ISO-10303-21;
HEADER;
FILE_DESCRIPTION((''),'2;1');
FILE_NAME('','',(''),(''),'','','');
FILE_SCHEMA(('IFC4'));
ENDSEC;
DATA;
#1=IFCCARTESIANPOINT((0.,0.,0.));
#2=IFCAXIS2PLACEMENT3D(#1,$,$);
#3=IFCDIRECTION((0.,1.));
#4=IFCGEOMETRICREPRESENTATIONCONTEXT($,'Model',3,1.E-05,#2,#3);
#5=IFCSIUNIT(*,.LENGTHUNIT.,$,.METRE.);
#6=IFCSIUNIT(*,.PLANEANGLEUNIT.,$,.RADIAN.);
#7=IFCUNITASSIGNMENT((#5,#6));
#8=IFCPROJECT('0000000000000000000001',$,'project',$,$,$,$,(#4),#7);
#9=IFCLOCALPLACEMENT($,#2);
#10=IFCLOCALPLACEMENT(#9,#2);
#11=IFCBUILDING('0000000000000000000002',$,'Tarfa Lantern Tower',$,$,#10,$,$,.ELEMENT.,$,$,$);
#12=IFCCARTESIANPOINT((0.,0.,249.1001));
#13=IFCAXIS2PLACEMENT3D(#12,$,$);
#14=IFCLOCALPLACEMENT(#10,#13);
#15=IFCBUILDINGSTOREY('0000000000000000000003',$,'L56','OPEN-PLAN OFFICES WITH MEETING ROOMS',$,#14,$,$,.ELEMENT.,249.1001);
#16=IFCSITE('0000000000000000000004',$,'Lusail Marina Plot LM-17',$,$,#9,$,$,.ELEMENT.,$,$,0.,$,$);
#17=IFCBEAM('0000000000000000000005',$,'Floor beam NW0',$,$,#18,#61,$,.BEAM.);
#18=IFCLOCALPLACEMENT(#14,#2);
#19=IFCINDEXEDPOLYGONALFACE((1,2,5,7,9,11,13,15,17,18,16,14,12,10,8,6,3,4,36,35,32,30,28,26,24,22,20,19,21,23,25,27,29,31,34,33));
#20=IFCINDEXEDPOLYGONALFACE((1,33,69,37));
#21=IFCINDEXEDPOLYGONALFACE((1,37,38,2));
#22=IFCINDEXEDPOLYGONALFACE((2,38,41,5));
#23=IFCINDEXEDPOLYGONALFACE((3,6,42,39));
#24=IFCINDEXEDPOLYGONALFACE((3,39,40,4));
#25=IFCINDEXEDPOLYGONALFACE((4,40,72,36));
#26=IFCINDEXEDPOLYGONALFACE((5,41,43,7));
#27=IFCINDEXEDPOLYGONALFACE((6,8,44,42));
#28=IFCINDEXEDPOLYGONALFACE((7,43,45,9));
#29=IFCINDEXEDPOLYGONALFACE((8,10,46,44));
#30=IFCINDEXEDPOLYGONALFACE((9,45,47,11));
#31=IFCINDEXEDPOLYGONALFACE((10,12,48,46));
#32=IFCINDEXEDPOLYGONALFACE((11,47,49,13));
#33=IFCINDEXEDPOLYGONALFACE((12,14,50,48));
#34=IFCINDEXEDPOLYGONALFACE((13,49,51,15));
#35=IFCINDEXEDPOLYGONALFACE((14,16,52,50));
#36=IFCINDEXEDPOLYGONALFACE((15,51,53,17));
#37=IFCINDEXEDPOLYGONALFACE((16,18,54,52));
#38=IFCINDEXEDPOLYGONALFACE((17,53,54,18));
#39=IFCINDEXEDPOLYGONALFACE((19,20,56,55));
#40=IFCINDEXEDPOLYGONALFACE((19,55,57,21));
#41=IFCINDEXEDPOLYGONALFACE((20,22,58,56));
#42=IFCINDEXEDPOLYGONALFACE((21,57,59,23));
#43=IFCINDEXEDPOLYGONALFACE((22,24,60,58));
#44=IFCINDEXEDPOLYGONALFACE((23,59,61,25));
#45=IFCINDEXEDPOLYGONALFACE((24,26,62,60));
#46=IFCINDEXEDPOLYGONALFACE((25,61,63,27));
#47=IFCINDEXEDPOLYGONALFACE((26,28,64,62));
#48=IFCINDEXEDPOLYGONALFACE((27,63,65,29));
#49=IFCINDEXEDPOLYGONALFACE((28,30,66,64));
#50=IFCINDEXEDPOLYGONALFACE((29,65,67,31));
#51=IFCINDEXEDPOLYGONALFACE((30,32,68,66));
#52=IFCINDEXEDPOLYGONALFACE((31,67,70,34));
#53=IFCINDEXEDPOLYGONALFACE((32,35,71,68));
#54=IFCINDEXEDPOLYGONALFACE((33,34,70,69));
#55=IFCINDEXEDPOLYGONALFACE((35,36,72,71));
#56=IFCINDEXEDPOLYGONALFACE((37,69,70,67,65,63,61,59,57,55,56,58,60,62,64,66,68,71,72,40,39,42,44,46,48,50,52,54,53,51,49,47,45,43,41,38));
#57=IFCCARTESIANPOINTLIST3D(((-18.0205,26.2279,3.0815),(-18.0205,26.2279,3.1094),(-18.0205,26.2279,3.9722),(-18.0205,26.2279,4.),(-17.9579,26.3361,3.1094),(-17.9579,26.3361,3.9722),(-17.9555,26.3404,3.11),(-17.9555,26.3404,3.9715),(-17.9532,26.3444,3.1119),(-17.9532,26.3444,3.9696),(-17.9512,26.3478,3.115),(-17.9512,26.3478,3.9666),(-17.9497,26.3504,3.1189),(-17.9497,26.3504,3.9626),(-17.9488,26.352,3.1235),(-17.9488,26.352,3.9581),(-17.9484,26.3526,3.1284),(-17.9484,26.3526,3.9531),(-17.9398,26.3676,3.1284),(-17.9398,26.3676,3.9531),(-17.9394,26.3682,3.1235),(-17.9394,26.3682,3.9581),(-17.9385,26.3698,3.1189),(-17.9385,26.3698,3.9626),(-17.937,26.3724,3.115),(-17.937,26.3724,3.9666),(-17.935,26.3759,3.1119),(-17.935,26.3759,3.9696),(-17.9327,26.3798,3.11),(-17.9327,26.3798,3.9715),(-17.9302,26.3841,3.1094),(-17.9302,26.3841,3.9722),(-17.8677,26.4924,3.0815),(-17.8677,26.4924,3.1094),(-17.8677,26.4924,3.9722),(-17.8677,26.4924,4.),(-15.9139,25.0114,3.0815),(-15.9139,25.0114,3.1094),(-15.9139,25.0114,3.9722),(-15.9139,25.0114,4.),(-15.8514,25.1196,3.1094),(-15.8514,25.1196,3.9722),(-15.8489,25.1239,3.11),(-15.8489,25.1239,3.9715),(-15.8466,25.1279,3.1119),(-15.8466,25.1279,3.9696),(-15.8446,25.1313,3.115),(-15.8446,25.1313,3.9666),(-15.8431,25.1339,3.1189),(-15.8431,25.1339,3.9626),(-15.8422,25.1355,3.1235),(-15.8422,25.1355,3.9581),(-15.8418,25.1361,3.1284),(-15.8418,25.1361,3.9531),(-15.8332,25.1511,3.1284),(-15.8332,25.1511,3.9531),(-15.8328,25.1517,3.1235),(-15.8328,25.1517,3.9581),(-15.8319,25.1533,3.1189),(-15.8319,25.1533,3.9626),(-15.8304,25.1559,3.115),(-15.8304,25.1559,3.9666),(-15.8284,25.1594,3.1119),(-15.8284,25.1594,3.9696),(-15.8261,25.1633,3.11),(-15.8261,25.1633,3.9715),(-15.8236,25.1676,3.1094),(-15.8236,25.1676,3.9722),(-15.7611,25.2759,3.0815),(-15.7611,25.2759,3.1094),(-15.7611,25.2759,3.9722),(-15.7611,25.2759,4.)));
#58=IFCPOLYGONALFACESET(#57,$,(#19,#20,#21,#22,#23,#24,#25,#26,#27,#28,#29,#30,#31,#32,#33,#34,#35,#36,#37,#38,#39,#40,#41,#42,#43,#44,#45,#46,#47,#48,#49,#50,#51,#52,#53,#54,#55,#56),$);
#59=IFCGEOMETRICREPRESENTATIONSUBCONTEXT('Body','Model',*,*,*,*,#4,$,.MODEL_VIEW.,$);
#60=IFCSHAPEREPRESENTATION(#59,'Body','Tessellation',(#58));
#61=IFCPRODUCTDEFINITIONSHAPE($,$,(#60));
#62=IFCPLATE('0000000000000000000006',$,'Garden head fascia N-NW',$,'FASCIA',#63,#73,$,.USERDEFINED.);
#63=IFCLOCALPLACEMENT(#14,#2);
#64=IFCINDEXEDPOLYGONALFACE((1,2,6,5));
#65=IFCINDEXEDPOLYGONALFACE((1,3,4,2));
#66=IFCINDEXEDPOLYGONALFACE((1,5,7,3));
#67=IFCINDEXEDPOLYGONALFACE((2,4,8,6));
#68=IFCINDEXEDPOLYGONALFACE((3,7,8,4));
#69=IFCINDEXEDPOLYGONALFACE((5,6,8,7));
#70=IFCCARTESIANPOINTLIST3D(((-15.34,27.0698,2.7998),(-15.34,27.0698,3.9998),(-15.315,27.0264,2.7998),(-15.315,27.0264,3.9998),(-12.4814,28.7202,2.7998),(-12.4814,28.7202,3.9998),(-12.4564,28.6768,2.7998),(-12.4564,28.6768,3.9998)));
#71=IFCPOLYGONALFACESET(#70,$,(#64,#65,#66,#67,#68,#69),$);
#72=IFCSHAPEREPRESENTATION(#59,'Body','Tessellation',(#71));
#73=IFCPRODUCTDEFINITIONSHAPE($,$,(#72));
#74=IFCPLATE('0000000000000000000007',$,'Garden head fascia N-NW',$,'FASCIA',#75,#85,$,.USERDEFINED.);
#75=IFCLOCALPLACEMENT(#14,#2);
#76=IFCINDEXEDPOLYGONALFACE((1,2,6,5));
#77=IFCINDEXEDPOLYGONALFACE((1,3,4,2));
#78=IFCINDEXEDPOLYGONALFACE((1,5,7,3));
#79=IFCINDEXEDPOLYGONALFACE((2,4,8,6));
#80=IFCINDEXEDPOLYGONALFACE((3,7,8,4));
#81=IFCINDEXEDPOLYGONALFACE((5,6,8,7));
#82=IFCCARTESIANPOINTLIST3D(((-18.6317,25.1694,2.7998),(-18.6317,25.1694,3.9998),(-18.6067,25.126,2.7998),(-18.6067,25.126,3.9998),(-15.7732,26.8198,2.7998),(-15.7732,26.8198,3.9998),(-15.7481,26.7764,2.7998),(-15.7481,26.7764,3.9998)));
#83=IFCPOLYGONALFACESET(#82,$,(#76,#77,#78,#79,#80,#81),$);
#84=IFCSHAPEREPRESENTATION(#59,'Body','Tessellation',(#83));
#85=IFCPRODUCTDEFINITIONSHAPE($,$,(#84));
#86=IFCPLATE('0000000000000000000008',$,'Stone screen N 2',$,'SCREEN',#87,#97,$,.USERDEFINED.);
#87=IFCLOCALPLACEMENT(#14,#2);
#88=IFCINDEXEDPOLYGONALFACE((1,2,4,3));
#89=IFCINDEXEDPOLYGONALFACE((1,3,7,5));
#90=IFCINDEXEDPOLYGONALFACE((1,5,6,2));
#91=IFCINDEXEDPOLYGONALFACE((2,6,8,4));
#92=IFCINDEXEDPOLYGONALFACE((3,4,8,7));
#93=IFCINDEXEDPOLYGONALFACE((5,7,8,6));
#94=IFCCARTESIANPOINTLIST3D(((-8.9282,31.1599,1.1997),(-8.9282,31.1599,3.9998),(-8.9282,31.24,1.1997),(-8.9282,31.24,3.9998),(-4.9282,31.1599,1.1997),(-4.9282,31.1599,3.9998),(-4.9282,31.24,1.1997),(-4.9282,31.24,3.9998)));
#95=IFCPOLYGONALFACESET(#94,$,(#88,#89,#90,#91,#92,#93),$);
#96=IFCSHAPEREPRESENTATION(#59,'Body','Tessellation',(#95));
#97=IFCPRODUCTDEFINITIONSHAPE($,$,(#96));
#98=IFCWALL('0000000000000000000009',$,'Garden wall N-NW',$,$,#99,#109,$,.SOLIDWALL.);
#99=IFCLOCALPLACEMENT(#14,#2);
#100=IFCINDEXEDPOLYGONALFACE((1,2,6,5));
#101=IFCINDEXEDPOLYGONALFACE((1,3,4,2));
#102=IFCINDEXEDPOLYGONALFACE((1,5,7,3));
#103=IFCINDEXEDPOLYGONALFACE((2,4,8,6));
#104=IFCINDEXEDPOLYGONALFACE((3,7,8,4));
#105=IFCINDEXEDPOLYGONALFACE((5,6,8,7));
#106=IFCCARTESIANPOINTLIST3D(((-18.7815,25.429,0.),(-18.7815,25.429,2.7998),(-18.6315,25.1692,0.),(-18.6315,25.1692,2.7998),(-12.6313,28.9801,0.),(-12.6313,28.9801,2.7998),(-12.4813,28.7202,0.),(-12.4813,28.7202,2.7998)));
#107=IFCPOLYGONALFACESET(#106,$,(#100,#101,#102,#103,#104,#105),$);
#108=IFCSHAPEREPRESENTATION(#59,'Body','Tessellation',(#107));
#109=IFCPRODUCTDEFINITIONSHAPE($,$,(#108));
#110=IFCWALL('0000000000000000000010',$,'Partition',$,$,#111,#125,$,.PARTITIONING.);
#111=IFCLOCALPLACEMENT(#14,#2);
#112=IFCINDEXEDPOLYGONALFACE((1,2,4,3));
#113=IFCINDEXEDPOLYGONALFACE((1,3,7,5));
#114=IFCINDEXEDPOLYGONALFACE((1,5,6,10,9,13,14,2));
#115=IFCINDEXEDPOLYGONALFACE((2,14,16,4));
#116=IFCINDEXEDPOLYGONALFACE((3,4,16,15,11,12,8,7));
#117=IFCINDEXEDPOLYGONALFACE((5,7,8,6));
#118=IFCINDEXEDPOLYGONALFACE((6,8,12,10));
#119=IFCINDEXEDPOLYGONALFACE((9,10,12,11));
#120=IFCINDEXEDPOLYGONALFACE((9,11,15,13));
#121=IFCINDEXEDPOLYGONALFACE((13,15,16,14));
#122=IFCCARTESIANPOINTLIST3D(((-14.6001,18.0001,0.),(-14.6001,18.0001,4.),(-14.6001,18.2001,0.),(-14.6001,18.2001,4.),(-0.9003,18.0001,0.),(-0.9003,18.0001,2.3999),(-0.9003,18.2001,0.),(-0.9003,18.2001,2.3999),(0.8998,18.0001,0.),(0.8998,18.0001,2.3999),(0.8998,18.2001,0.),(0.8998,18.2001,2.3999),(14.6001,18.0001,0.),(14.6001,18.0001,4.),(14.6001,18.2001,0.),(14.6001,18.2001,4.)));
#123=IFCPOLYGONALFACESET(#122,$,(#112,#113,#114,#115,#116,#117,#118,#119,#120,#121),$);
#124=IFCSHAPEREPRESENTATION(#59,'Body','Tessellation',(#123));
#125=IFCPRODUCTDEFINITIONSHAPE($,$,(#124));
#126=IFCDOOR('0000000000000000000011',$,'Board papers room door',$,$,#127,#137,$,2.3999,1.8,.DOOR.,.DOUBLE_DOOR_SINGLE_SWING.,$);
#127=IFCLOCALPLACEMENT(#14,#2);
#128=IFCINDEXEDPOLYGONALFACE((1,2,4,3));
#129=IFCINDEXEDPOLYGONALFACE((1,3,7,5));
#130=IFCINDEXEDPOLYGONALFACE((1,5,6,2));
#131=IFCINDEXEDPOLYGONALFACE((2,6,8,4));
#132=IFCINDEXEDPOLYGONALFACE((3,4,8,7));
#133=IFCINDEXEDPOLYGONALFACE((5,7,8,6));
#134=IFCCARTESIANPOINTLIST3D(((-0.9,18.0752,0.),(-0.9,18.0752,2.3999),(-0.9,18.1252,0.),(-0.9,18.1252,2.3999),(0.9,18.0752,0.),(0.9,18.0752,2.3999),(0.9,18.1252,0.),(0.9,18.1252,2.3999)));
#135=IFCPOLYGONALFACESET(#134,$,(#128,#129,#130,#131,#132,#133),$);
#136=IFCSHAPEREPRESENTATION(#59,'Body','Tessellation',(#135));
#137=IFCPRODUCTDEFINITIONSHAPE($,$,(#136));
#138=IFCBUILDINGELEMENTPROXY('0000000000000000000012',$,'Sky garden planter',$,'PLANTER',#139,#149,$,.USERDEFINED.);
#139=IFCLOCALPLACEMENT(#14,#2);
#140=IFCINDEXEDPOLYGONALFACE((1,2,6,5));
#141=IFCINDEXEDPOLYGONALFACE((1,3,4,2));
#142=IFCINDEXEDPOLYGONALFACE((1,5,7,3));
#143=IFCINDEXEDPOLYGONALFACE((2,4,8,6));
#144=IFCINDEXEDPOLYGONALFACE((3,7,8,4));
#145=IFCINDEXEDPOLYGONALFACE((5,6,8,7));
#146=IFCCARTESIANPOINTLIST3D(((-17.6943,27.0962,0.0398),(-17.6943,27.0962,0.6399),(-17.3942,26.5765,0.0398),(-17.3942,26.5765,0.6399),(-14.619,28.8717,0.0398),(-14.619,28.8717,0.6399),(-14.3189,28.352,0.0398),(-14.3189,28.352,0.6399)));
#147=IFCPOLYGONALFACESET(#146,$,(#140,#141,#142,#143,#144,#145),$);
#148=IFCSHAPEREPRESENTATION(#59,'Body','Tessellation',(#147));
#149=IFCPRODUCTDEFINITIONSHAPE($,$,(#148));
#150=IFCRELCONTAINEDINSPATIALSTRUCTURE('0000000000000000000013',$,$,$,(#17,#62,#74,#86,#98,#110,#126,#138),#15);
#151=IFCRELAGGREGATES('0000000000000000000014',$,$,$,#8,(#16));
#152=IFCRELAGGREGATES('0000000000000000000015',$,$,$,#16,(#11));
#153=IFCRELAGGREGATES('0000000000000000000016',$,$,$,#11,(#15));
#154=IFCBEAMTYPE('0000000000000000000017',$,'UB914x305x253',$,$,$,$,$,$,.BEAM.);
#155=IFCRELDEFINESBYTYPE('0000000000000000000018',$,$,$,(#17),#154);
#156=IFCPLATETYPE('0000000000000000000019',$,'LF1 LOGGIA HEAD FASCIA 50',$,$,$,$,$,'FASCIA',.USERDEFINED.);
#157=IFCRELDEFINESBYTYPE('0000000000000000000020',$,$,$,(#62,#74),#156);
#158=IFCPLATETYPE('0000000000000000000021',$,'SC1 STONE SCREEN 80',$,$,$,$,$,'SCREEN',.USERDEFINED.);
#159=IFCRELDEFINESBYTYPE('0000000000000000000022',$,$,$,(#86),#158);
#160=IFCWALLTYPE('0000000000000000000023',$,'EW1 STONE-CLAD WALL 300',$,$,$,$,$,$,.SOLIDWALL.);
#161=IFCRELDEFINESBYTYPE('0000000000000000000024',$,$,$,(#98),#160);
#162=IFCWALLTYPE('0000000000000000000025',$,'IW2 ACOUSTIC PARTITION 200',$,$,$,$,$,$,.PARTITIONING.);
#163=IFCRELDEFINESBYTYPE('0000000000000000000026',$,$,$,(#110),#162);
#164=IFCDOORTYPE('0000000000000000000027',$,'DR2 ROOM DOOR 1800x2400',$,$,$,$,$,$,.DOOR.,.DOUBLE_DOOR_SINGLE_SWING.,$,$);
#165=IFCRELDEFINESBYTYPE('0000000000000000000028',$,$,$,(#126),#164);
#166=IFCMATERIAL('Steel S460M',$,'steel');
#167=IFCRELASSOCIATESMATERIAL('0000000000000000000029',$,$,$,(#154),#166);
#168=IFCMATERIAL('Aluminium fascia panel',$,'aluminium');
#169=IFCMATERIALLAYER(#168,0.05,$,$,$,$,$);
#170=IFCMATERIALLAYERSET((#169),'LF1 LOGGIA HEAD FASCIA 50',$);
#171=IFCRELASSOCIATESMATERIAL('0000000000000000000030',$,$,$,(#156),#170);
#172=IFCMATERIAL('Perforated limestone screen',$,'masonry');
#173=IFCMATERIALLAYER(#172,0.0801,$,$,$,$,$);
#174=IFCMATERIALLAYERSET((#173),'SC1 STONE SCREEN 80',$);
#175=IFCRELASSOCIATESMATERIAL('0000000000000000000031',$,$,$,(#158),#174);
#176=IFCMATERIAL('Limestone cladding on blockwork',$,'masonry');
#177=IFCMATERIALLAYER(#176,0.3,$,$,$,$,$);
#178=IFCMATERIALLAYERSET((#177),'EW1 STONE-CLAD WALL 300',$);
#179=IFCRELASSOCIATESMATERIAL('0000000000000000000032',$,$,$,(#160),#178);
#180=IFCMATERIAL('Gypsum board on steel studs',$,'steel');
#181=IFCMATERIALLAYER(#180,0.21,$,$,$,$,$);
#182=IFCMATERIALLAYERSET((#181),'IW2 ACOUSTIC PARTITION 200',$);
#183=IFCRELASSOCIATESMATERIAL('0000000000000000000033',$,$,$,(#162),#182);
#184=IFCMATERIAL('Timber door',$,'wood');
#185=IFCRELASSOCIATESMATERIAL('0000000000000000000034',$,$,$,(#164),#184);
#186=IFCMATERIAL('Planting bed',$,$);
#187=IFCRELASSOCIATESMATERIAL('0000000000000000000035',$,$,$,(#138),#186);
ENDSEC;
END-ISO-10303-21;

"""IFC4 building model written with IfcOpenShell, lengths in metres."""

from ifc_helpers import new_model, si_unit, direction, frame, frame_2d, origin, origin_2d, place, context, subcontext, project, spatial, rectangle, i_section, extrude, material, layer, layer_set, material_profile, profile_set, type_object, element, fill, save


model = new_model("IFC4")

# Units and contexts
model_context = context("Model", 3, precision=1e-05, world=origin(), true_north=direction((0.0, 1.0)))
body_context = subcontext(model_context, "Body", "Model", "MODEL_VIEW")
ifc_project = project(units=[si_unit("LENGTHUNIT", "METRE"), si_unit("PLANEANGLEUNIT", "RADIAN")], contexts=[model_context])

# Site, building, storey
site_placement = place(None, origin())
site = spatial("IfcSite", under=ifc_project, at=site_placement, Name="Lusail Marina Plot LM-17", CompositionType="ELEMENT", RefElevation=0.0)
building_placement = place(site_placement, origin())
building = spatial("IfcBuilding", under=site, at=building_placement, Name="Tarfa Lantern Tower", CompositionType="ELEMENT")
storey_placement = place(building_placement, frame((0.0, 0.0, 249.1001)))
storey = spatial("IfcBuildingStorey", under=building, at=storey_placement, Name="L56", Description="OPEN-PLAN OFFICES WITH MEETING ROOMS", CompositionType="ELEMENT", Elevation=249.1001)

# Beam
ifc_material_1 = material(Name="Steel S460M", Category="steel")
ifc_material_profile_1 = material_profile(ifc_material_1, i_section(OverallWidth=0.3054, OverallDepth=0.9185, WebThickness=0.0173, FlangeThickness=0.0278, FilletRadius=0.019, at=origin_2d()), Name="UB914x305x253")
ifc_profile_set_1 = profile_set([ifc_material_profile_1], Name="Steel S460M")
beam_type_1 = type_object("IfcBeamType", Name="UB914x305x253", PredefinedType="BEAM", material=ifc_profile_set_1)
beam_1_placement = place(storey_placement, frame((-17.9441, 26.3601, 3.5408), z_axis=(0.86598, -0.500079, 0.0), x_axis=(0.500079, 0.86598, 0.0)))
element("IfcBeam", 1, at=beam_1_placement, inside=storey, type_object=beam_type_1, Name="Floor beam NW0", PredefinedType="BEAM", context=body_context, shape_type="SweptSolid", body=[
    extrude(i_section(OverallWidth=0.3054, OverallDepth=0.9185, WebThickness=0.0173, FlangeThickness=0.0278, FilletRadius=0.019, at=origin_2d()), origin(), (0.0, 0.0, 1.0), 2.4326),
])

# Plates
ifc_material_2 = material(Name="Aluminium fascia panel", Category="aluminium")
ifc_layer_1 = layer(ifc_material_2, 0.05)
ifc_layer_set_1 = layer_set([ifc_layer_1], Name="LF1 LOGGIA HEAD FASCIA 50")
plate_type_1 = type_object("IfcPlateType", Name="LF1 LOGGIA HEAD FASCIA 50", ElementType="FASCIA", PredefinedType="USERDEFINED", material=ifc_layer_set_1)
for number, where, z_axis, x_axis, name in (
    (2, (-13.8982, 27.8733, 2.7998), (0.0, 0.0, 1.0), (-0.866025, -0.5, 0.0), "Garden head fascia N-NW"),
    (3, (-17.1899, 25.9729, 2.7998), (0.0, 0.0, 1.0), (-0.866025, -0.5, 0.0), "Garden head fascia N-NW"),
):
    element("IfcPlate", number, at=place(storey_placement, frame(where, z_axis=z_axis, x_axis=x_axis)), inside=storey, type_object=plate_type_1, Name=name, ObjectType="FASCIA", PredefinedType="USERDEFINED", context=body_context, shape_type="SweptSolid", body=[
        extrude(rectangle(XDim=3.3008, YDim=0.05, at=origin_2d()), origin(), (0.0, 0.0, 1.0), 1.2),
    ])
ifc_material_3 = material(Name="Perforated limestone screen", Category="masonry")
ifc_layer_2 = layer(ifc_material_3, 0.0801)
ifc_layer_set_2 = layer_set([ifc_layer_2], Name="SC1 STONE SCREEN 80")
plate_type_2 = type_object("IfcPlateType", Name="SC1 STONE SCREEN 80", ElementType="SCREEN", PredefinedType="USERDEFINED", material=ifc_layer_set_2)
plate_placement = place(storey_placement, frame((-6.9282, 31.2, 1.1997), z_axis=(0.0, 0.0, 1.0), x_axis=(-1.0, 0.0, 0.0)))
element("IfcPlate", 4, at=plate_placement, inside=storey, type_object=plate_type_2, Name="Stone screen N 2", ObjectType="SCREEN", PredefinedType="USERDEFINED", context=body_context, shape_type="SweptSolid", body=[
    extrude(rectangle(XDim=4.0, YDim=0.0801, at=origin_2d()), origin(), (0.0, 0.0, 1.0), 2.8),
])

# Wall
ifc_material_4 = material(Name="Limestone cladding on blockwork", Category="masonry")
ifc_layer_3 = layer(ifc_material_4, 0.3)
ifc_layer_set_3 = layer_set([ifc_layer_3], Name="EW1 STONE-CLAD WALL 300")
wall_type_1 = type_object("IfcWallType", Name="EW1 STONE-CLAD WALL 300", PredefinedType="SOLIDWALL", material=ifc_layer_set_3)
wall_1_placement = place(storey_placement, frame((-12.5564, 28.8501, 0.0), z_axis=(0.0, 0.0, 1.0), x_axis=(-0.866011, -0.500025, 0.0)))
element("IfcWall", 5, at=wall_1_placement, inside=storey, type_object=wall_type_1, Name="Garden wall N-NW", PredefinedType="SOLIDWALL", context=body_context, shape_type="SweptSolid", body=[
    extrude(rectangle(XDim=7.1018, YDim=0.3, at=frame_2d((3.5508, 0.0))), origin(), (0.0, 0.0, 1.0), 2.7998),
])

# Wall, opening, door
ifc_material_5 = material(Name="Gypsum board on steel studs", Category="steel")
ifc_layer_4 = layer(ifc_material_5, 0.21)
ifc_layer_set_4 = layer_set([ifc_layer_4], Name="IW2 ACOUSTIC PARTITION 200")
wall_type_2 = type_object("IfcWallType", Name="IW2 ACOUSTIC PARTITION 200", PredefinedType="PARTITIONING", material=ifc_layer_set_4)
wall_2_placement = place(storey_placement, frame((-14.6001, 18.1001, 0.0), z_axis=(0.0, 0.0, 1.0), x_axis=(1.0, 0.0, 0.0)))
wall_2 = element("IfcWall", 6, at=wall_2_placement, inside=storey, type_object=wall_type_2, Name="Partition", PredefinedType="PARTITIONING", context=body_context, shape_type="SweptSolid", body=[
    extrude(rectangle(XDim=29.2002, YDim=0.2, at=frame_2d((14.6001, 0.0))), origin(), (0.0, 0.0, 1.0), 4.0),
])
opening_placement = place(wall_2_placement, frame((13.7, 0.0, 0.0)))
opening = element("IfcOpeningElement", 7, at=opening_placement, cuts=wall_2, PredefinedType="OPENING", context=body_context, shape_type="SweptSolid", body=[
    extrude(rectangle(XDim=1.8, YDim=2.3999, at=frame_2d((0.8999, 1.2))), frame((0.0, 0.1099, 0.0), z_axis=(0.0, -1.0, 0.0), x_axis=(1.0, 0.0, 0.0)), (0.0, 0.0, 1.0), 0.22),
])
ifc_material_6 = material(Name="Timber door", Category="wood")
door_type = type_object("IfcDoorType", Name="DR2 ROOM DOOR 1800x2400", OperationType="DOUBLE_DOOR_SINGLE_SWING", PredefinedType="DOOR", material=ifc_material_6)
door_placement = place(opening_placement, frame((1.8, 0.0, 0.0), z_axis=(0.0, 0.0, 1.0), x_axis=(-1.0, 0.0, 0.0)))
door = element("IfcDoor", 8, at=door_placement, inside=storey, type_object=door_type, Name="Board papers room door", OperationType="DOUBLE_DOOR_SINGLE_SWING", OverallHeight=2.3999, OverallWidth=1.8, PredefinedType="DOOR", context=body_context, shape_type="SweptSolid", body=[
    extrude(rectangle(XDim=1.8, YDim=2.3999, at=frame_2d((0.8999, 1.2))), frame((0.0, 0.0249, 0.0), z_axis=(0.0, -1.0, 0.0), x_axis=(1.0, 0.0, 0.0)), (0.0, 0.0, 1.0), 0.05),
])
fill(opening, door)

# Building element proxy
ifc_material_7 = material(Name="Planting bed")
proxy_placement = place(storey_placement, frame((-16.0066, 27.7241, 0.0398), z_axis=(0.0, 0.0, 1.0), x_axis=(-0.866025, -0.5, 0.0)))
element("IfcBuildingElementProxy", 9, at=proxy_placement, inside=storey, material=ifc_material_7, Name="Sky garden planter", ObjectType="PLANTER", PredefinedType="USERDEFINED", context=body_context, shape_type="SweptSolid", body=[
    extrude(rectangle(XDim=3.551, YDim=0.6001, at=origin_2d()), origin(), (0.0, 0.0, 1.0), 0.6001),
])

save(model, "model.ifc")
